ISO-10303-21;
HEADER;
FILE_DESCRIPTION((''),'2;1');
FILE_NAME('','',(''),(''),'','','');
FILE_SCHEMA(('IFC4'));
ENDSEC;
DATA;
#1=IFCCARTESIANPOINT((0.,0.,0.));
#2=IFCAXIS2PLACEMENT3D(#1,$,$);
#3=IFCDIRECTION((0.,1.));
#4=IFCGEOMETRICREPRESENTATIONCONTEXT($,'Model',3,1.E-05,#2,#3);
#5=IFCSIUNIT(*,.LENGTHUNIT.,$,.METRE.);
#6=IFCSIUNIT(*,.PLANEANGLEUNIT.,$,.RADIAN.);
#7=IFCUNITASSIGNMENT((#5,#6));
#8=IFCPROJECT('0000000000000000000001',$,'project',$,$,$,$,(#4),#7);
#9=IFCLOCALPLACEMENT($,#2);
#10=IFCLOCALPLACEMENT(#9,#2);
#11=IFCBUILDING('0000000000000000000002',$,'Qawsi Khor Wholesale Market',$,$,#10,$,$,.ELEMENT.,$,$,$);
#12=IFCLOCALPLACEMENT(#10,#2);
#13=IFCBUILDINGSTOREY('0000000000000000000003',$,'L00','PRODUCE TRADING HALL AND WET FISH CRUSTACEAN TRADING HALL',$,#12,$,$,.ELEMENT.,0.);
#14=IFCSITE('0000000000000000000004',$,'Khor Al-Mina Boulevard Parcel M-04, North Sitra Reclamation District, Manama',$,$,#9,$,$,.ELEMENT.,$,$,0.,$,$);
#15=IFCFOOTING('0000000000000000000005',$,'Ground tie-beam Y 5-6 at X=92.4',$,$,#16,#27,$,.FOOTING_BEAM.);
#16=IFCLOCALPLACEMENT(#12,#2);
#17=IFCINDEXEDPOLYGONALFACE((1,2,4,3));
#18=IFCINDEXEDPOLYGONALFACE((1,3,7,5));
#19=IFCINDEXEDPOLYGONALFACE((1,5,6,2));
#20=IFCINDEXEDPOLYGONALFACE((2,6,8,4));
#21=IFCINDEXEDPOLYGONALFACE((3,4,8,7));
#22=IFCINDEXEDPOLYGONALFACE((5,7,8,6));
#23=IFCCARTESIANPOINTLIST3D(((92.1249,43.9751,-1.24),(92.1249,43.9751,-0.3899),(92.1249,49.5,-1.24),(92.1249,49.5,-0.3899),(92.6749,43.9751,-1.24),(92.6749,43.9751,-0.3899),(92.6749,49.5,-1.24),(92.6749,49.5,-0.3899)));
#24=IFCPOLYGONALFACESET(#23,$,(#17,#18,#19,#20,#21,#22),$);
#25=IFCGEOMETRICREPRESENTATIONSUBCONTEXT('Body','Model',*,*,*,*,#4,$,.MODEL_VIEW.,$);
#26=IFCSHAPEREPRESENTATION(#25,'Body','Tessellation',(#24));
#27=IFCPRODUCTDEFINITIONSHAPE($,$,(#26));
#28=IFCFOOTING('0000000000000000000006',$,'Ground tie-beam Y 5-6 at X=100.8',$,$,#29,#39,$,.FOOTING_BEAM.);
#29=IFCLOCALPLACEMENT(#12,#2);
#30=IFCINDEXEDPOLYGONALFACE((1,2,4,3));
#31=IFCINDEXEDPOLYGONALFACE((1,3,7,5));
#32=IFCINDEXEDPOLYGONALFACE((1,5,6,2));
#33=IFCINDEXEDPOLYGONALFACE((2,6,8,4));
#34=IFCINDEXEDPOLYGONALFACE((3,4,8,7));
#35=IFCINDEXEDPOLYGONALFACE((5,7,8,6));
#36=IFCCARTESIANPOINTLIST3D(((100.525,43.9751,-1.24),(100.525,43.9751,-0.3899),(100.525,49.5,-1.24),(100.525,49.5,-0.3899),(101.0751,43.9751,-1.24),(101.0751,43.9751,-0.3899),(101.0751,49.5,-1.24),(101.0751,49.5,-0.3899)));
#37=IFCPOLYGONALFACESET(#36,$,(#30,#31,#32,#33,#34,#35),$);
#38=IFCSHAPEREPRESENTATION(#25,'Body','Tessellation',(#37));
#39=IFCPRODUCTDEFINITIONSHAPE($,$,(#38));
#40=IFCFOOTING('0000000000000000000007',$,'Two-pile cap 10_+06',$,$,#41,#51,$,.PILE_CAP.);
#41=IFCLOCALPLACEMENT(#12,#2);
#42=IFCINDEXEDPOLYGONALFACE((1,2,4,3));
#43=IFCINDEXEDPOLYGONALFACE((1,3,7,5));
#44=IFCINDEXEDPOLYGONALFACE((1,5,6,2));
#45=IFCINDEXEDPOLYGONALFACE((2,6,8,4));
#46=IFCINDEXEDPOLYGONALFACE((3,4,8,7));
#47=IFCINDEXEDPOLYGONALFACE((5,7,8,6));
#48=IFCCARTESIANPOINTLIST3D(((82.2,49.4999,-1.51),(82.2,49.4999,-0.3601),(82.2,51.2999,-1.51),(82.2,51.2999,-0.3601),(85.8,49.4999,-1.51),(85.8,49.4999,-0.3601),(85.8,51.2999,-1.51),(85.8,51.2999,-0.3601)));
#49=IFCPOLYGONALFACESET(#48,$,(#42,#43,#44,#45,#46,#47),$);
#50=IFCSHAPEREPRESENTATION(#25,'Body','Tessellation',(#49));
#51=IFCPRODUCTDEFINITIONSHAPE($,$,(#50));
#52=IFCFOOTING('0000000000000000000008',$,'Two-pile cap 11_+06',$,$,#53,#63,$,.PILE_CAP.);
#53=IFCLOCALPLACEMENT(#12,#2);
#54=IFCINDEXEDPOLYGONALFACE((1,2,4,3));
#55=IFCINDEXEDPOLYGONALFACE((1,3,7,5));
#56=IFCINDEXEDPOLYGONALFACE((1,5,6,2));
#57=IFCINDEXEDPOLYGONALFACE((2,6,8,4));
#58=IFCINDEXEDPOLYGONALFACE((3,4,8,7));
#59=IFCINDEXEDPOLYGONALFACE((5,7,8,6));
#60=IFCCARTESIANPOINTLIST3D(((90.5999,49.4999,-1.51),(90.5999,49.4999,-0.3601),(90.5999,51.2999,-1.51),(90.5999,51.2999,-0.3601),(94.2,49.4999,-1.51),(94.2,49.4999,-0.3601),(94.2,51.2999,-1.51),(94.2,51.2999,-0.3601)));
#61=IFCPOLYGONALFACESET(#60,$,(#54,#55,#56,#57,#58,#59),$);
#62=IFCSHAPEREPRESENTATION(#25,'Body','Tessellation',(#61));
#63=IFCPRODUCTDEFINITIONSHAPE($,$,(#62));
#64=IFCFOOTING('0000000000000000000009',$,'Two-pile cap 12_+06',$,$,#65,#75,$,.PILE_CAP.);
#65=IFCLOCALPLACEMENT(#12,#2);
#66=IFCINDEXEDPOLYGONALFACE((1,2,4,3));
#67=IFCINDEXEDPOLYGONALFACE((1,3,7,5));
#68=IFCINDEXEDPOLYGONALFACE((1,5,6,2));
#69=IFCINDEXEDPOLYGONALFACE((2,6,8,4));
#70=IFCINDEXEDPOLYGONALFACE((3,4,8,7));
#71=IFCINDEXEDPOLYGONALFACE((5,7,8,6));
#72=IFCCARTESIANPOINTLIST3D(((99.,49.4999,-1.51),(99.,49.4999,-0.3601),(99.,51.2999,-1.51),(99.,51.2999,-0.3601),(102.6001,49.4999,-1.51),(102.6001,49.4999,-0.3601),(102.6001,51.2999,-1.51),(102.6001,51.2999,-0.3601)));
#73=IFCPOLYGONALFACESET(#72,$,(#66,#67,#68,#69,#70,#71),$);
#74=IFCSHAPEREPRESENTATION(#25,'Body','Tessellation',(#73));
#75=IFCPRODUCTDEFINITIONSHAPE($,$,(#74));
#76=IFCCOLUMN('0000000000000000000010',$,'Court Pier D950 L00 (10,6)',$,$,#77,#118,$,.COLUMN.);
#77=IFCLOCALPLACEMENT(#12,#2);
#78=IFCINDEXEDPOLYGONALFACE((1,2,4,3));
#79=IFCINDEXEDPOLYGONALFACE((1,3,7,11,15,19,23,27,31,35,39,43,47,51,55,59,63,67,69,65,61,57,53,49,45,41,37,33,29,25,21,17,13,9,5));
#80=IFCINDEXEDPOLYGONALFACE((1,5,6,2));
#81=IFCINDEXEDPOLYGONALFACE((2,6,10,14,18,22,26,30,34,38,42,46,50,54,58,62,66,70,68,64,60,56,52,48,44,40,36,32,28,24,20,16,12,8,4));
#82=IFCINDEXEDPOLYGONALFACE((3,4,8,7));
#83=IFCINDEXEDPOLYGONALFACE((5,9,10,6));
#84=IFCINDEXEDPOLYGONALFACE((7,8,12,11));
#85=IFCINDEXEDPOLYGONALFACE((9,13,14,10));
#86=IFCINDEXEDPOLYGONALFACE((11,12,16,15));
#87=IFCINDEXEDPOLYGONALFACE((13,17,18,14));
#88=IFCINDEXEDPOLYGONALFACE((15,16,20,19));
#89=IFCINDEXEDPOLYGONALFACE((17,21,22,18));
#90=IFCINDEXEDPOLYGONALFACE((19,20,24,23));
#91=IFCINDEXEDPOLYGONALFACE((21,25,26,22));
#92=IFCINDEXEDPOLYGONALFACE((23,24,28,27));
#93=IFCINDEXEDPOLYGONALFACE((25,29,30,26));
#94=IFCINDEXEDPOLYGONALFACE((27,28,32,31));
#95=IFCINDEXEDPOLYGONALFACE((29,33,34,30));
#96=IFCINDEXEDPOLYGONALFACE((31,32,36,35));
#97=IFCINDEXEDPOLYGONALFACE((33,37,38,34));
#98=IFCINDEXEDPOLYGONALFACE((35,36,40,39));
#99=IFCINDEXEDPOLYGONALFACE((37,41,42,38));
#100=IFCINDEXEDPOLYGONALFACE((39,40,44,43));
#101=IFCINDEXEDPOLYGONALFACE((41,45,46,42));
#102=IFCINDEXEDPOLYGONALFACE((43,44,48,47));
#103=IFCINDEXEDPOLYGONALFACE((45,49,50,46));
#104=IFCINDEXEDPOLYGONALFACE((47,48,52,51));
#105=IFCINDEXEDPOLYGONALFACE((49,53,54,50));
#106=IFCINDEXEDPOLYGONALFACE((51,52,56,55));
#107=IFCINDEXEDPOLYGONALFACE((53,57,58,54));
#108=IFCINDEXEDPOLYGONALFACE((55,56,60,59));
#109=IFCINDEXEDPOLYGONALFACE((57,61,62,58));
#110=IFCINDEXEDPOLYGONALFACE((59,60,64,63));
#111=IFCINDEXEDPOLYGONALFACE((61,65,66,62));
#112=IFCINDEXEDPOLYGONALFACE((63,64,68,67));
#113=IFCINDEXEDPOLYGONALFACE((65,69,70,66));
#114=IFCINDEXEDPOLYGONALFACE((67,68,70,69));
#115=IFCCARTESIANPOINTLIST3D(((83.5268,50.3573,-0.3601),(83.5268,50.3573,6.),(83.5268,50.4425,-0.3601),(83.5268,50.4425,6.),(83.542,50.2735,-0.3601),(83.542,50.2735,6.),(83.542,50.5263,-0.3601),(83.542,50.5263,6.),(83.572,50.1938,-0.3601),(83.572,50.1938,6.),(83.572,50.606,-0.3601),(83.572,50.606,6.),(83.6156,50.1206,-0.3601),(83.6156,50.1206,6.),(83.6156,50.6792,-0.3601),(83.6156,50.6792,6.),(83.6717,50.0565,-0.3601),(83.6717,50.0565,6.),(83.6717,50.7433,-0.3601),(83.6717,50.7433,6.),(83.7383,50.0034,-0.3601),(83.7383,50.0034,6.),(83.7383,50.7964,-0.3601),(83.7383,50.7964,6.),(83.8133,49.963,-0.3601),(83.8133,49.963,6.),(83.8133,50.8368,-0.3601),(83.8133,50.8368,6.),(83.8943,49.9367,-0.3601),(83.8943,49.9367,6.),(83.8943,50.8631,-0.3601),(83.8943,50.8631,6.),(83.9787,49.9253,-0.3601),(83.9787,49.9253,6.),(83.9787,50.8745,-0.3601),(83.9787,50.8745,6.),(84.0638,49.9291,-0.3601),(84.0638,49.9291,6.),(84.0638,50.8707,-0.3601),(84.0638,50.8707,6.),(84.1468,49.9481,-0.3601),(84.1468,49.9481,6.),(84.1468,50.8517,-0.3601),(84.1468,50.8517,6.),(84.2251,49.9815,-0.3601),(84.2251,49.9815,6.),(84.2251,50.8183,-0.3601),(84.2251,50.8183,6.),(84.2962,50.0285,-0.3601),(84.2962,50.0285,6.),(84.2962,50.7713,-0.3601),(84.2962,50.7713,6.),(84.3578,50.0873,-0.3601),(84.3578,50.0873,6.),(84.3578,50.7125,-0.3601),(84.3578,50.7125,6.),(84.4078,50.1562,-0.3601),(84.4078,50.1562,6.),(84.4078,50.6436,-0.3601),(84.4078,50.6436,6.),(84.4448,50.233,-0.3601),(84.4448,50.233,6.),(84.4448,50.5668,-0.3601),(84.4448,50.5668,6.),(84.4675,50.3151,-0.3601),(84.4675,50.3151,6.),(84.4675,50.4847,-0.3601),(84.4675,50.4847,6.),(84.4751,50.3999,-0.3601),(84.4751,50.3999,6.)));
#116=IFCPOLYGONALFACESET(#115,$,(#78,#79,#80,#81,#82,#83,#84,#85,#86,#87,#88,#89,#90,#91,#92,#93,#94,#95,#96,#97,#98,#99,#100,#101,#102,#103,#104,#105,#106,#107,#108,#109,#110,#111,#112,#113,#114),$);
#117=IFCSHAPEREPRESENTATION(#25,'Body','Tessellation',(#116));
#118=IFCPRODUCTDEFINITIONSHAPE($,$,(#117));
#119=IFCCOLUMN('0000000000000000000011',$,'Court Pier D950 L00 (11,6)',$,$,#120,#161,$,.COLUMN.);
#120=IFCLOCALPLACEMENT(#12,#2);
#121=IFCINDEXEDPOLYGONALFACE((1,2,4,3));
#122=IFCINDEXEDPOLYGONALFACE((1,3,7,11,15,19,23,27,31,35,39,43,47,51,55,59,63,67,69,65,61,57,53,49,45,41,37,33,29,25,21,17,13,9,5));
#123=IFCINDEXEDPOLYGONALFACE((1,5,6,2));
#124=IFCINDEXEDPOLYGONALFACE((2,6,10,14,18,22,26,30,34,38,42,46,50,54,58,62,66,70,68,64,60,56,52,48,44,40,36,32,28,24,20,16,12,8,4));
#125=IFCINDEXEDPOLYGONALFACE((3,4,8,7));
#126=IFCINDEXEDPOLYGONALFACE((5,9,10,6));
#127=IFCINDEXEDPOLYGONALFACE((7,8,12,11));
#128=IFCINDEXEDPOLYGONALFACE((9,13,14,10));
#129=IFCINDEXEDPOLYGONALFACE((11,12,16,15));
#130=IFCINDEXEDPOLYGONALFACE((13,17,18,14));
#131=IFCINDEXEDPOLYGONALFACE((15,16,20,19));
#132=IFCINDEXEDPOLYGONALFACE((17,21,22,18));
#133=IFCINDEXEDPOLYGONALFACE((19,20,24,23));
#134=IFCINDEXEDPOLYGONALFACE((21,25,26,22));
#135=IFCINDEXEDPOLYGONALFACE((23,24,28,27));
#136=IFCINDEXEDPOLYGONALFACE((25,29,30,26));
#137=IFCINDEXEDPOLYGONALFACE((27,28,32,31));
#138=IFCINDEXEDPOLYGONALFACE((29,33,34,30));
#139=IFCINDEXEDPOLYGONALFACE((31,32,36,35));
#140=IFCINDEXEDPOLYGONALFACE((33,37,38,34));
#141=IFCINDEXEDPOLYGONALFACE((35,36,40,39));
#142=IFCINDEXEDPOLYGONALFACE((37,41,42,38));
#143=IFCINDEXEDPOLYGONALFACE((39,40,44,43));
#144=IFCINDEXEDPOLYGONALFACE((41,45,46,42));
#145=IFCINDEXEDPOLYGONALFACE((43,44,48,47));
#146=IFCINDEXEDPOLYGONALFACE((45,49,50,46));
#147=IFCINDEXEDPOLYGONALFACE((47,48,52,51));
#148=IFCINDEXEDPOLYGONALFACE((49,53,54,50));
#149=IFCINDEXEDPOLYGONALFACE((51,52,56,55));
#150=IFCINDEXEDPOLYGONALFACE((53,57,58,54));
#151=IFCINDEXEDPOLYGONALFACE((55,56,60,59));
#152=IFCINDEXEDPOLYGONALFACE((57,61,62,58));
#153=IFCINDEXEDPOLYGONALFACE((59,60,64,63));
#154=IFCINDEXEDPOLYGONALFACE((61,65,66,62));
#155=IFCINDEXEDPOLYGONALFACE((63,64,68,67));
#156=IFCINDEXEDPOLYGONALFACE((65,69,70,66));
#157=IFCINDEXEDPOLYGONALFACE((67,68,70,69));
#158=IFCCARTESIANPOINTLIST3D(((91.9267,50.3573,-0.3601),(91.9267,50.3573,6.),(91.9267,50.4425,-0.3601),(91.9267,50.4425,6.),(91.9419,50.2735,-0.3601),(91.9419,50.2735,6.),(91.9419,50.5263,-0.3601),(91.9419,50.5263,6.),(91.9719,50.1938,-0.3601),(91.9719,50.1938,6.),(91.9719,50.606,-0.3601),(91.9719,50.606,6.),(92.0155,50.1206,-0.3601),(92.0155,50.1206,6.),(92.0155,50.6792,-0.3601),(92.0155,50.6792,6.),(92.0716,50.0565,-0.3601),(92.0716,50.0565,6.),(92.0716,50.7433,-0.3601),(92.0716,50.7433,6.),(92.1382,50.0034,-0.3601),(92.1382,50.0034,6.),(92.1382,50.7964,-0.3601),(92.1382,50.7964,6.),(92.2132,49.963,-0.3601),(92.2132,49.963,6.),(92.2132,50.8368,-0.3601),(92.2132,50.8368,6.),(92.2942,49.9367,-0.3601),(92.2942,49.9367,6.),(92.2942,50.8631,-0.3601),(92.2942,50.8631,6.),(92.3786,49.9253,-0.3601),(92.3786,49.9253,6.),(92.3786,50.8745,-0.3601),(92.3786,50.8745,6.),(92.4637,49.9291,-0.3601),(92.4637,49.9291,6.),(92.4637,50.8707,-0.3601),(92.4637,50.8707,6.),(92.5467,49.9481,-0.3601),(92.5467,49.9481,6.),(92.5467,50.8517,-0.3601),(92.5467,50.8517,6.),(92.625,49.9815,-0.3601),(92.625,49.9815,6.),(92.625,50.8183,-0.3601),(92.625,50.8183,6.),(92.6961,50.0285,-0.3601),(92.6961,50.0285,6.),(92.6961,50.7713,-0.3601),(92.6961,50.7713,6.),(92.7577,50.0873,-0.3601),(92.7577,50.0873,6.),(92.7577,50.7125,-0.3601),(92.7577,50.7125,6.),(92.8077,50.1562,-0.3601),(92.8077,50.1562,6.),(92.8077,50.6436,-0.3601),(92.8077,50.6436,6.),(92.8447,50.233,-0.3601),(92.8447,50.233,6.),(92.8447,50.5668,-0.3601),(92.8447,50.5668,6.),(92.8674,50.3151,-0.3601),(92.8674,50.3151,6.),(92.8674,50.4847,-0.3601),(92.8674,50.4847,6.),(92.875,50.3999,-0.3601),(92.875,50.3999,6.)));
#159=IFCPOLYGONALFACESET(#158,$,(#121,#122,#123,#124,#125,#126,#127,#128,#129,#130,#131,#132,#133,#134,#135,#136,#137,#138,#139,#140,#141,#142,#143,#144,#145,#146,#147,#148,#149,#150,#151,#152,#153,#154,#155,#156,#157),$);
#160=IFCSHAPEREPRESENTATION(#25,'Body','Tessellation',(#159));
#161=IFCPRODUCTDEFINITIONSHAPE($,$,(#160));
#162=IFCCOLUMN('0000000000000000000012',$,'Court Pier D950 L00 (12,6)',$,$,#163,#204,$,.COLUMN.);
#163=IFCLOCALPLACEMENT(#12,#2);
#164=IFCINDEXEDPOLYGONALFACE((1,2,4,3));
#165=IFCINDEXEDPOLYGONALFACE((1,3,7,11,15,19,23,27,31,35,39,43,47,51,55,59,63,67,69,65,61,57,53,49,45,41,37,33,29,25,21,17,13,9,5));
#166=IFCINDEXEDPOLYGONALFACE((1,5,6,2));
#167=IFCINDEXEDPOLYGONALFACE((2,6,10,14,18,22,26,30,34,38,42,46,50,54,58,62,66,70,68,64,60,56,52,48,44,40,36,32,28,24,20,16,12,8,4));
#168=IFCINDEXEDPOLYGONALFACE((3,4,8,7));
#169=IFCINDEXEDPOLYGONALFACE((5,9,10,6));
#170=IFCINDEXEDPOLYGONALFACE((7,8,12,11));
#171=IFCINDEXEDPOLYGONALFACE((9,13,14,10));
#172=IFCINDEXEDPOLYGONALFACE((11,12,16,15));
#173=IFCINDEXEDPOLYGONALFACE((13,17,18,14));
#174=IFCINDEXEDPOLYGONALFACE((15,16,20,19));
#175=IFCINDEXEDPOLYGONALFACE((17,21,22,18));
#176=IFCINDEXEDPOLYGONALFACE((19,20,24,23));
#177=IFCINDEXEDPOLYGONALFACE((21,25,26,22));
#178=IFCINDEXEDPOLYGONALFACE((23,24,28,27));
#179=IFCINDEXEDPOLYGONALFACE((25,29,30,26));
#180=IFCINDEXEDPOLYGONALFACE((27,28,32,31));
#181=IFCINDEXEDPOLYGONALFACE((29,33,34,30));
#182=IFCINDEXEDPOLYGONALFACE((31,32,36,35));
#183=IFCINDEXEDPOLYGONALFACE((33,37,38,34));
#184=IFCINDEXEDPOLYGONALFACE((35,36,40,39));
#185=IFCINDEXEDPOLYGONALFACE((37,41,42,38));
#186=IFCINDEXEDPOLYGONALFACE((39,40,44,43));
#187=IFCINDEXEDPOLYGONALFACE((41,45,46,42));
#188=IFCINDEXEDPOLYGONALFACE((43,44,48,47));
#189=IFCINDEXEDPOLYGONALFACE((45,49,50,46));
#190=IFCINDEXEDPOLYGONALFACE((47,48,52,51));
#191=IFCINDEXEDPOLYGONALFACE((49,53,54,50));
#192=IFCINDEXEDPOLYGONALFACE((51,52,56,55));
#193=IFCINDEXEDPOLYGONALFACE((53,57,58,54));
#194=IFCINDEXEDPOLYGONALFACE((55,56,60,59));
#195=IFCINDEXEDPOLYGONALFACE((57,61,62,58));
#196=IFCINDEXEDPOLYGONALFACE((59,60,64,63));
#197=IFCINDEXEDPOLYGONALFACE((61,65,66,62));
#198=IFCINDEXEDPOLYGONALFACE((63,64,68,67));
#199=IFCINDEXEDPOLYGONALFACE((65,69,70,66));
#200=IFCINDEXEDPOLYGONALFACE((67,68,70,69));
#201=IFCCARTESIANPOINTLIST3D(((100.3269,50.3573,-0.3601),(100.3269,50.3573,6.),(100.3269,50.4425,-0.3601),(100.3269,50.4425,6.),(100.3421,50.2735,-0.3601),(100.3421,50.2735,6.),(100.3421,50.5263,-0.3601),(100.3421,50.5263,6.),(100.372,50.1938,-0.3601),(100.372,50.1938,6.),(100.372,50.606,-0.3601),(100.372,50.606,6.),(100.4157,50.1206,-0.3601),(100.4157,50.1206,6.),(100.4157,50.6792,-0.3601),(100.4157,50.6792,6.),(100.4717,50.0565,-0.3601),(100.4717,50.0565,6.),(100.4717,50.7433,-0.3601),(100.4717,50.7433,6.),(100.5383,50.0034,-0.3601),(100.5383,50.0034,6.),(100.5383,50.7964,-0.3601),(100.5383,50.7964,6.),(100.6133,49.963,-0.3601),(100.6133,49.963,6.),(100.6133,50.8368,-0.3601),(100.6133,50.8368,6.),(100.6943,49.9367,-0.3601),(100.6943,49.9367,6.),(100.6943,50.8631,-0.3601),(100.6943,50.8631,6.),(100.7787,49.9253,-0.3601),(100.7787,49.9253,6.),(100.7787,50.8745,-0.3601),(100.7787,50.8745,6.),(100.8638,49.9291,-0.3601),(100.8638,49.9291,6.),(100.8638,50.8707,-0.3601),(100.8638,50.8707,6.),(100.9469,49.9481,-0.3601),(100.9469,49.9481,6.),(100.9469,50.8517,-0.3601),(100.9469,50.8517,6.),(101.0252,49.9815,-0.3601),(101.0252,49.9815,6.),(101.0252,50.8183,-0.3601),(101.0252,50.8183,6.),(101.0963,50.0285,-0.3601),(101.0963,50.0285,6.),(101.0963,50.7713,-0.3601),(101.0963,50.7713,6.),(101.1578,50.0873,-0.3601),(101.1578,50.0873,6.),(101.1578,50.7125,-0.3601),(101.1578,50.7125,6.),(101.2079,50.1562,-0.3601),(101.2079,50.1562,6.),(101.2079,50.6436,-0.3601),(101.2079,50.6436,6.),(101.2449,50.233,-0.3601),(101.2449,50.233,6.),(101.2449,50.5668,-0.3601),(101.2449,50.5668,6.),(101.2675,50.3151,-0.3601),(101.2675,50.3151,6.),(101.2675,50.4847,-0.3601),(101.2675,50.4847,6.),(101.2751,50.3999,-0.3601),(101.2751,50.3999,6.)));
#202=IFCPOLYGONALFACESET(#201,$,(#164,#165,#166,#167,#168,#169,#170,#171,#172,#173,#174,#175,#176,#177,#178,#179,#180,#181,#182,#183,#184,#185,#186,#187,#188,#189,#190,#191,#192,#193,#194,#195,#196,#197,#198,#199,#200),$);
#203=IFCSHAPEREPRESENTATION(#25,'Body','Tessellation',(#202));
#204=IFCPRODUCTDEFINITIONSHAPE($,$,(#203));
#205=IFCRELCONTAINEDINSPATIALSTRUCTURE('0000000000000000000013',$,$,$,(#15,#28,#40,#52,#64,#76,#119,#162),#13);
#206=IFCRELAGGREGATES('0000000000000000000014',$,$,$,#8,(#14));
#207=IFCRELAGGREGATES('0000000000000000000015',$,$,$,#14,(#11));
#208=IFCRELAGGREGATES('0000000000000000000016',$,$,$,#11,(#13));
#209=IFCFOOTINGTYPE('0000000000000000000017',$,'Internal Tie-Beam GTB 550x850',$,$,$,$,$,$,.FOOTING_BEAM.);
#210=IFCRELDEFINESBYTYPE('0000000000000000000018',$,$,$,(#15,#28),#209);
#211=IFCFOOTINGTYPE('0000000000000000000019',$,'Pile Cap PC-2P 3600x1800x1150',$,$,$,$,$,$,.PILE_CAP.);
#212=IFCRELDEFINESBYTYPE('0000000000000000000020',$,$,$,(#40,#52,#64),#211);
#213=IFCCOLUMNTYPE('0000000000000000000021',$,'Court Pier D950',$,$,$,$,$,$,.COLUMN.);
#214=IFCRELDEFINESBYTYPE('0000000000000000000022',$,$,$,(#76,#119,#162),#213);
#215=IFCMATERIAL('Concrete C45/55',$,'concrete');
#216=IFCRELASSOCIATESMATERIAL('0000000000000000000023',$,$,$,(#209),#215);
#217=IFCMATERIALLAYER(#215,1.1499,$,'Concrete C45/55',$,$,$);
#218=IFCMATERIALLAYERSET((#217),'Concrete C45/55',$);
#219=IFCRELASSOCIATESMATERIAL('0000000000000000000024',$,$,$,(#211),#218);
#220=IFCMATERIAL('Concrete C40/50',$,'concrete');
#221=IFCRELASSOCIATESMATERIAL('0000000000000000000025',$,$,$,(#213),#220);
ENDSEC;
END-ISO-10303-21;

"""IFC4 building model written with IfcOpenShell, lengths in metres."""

from ifc_helpers import new_model, si_unit, direction, frame, origin, origin_2d, place, context, subcontext, project, spatial, rectangle, circle, extrude, material, layer, layer_set, material_profile, profile_set, type_object, element, save


model = new_model("IFC4")

# Units and contexts
model_context = context("Model", 3, precision=1e-05, world=origin(), true_north=direction((0.0, 1.0)))
body_context = subcontext(model_context, "Body", "Model", "MODEL_VIEW")
ifc_project = project(units=[si_unit("LENGTHUNIT", "METRE"), si_unit("PLANEANGLEUNIT", "RADIAN")], contexts=[model_context])

# Site, building, storey
site_placement = place(None, origin())
site = spatial("IfcSite", under=ifc_project, at=site_placement, Name="Khor Al-Mina Boulevard Parcel M-04, North Sitra Reclamation District, Manama", CompositionType="ELEMENT", RefElevation=0.0)
building_placement = place(site_placement, origin())
building = spatial("IfcBuilding", under=site, at=building_placement, Name="Qawsi Khor Wholesale Market", CompositionType="ELEMENT")
storey_placement = place(building_placement, origin())
storey = spatial("IfcBuildingStorey", under=building, at=storey_placement, Name="L00", Description="PRODUCE TRADING HALL AND WET FISH CRUSTACEAN TRADING HALL", CompositionType="ELEMENT", Elevation=0.0)

# Shared definitions
ifc_material_1 = material(Name="Concrete C45/55", Category="concrete")

# Footings
ifc_material_profile_1 = material_profile(ifc_material_1, rectangle(XDim=0.55, YDim=0.8501, at=origin_2d()), Name="RC 550x850")
ifc_profile_set_1 = profile_set([ifc_material_profile_1], Name="Concrete C45/55")
footing_type_1 = type_object("IfcFootingType", Name="Internal Tie-Beam GTB 550x850", PredefinedType="FOOTING_BEAM", material=ifc_profile_set_1)
for number, where, z_axis, x_axis, name in (
    (1, (92.3999, 43.9751, -0.8149), (0.0, 1.0, 0.0), (-1.0, 0.0, 0.0), "Ground tie-beam Y 5-6 at X=92.4"),
    (2, (100.8, 43.9751, -0.8149), (0.0, 1.0, 0.0), (-1.0, 0.0, 0.0), "Ground tie-beam Y 5-6 at X=100.8"),
):
    element("IfcFooting", number, at=place(storey_placement, frame(where, z_axis=z_axis, x_axis=x_axis)), inside=storey, type_object=footing_type_1, Name=name, PredefinedType="FOOTING_BEAM", context=body_context, shape_type="SweptSolid", body=[
        extrude(rectangle(XDim=0.55, YDim=0.8501, at=origin_2d()), origin(), (0.0, 0.0, 1.0), 5.5249),
    ])
ifc_layer_1 = layer(ifc_material_1, 1.1499, Name="Concrete C45/55")
ifc_layer_set_1 = layer_set([ifc_layer_1], Name="Concrete C45/55")
footing_type_2 = type_object("IfcFootingType", Name="Pile Cap PC-2P 3600x1800x1150", PredefinedType="PILE_CAP", material=ifc_layer_set_1)
for number, where, z_axis, x_axis, name in (
    (3, (84.0, 50.3999, -1.51), (0.0, 0.0, 1.0), (1.0, 0.0, 0.0), "Two-pile cap 10_+06"),
    (4, (92.3999, 50.3999, -1.51), (0.0, 0.0, 1.0), (1.0, 0.0, 0.0), "Two-pile cap 11_+06"),
    (5, (100.8, 50.3999, -1.51), (0.0, 0.0, 1.0), (1.0, 0.0, 0.0), "Two-pile cap 12_+06"),
):
    element("IfcFooting", number, at=place(storey_placement, frame(where, z_axis=z_axis, x_axis=x_axis)), inside=storey, type_object=footing_type_2, Name=name, PredefinedType="PILE_CAP", context=body_context, shape_type="SweptSolid", body=[
        extrude(rectangle(XDim=3.6001, YDim=1.8, at=origin_2d()), origin(), (0.0, 0.0, 1.0), 1.1499),
    ])

# Columns
ifc_material_2 = material(Name="Concrete C40/50", Category="concrete")
ifc_material_profile_2 = material_profile(ifc_material_2, circle(Radius=0.4751, at=origin_2d()), Name="RC COL D950")
ifc_profile_set_2 = profile_set([ifc_material_profile_2], Name="Concrete C40/50")
column_type = type_object("IfcColumnType", Name="Court Pier D950", PredefinedType="COLUMN", material=ifc_profile_set_2)
for number, where, z_axis, x_axis, name in (
    (6, (84.0, 50.3999, -0.3601), (0.0, 0.0, 1.0), (1.0, 0.0, 0.0), "Court Pier D950 L00 (10,6)"),
    (7, (92.3999, 50.3999, -0.3601), (0.0, 0.0, 1.0), (1.0, 0.0, 0.0), "Court Pier D950 L00 (11,6)"),
    (8, (100.8, 50.3999, -0.3601), (0.0, 0.0, 1.0), (1.0, 0.0, 0.0), "Court Pier D950 L00 (12,6)"),
):
    element("IfcColumn", number, at=place(storey_placement, frame(where, z_axis=z_axis, x_axis=x_axis)), inside=storey, type_object=column_type, Name=name, PredefinedType="COLUMN", context=body_context, shape_type="SweptSolid", body=[
        extrude(circle(Radius=0.4751, at=origin_2d()), origin(), (0.0, 0.0, 1.0), 6.3601),
    ])

save(model, "model.ifc")
